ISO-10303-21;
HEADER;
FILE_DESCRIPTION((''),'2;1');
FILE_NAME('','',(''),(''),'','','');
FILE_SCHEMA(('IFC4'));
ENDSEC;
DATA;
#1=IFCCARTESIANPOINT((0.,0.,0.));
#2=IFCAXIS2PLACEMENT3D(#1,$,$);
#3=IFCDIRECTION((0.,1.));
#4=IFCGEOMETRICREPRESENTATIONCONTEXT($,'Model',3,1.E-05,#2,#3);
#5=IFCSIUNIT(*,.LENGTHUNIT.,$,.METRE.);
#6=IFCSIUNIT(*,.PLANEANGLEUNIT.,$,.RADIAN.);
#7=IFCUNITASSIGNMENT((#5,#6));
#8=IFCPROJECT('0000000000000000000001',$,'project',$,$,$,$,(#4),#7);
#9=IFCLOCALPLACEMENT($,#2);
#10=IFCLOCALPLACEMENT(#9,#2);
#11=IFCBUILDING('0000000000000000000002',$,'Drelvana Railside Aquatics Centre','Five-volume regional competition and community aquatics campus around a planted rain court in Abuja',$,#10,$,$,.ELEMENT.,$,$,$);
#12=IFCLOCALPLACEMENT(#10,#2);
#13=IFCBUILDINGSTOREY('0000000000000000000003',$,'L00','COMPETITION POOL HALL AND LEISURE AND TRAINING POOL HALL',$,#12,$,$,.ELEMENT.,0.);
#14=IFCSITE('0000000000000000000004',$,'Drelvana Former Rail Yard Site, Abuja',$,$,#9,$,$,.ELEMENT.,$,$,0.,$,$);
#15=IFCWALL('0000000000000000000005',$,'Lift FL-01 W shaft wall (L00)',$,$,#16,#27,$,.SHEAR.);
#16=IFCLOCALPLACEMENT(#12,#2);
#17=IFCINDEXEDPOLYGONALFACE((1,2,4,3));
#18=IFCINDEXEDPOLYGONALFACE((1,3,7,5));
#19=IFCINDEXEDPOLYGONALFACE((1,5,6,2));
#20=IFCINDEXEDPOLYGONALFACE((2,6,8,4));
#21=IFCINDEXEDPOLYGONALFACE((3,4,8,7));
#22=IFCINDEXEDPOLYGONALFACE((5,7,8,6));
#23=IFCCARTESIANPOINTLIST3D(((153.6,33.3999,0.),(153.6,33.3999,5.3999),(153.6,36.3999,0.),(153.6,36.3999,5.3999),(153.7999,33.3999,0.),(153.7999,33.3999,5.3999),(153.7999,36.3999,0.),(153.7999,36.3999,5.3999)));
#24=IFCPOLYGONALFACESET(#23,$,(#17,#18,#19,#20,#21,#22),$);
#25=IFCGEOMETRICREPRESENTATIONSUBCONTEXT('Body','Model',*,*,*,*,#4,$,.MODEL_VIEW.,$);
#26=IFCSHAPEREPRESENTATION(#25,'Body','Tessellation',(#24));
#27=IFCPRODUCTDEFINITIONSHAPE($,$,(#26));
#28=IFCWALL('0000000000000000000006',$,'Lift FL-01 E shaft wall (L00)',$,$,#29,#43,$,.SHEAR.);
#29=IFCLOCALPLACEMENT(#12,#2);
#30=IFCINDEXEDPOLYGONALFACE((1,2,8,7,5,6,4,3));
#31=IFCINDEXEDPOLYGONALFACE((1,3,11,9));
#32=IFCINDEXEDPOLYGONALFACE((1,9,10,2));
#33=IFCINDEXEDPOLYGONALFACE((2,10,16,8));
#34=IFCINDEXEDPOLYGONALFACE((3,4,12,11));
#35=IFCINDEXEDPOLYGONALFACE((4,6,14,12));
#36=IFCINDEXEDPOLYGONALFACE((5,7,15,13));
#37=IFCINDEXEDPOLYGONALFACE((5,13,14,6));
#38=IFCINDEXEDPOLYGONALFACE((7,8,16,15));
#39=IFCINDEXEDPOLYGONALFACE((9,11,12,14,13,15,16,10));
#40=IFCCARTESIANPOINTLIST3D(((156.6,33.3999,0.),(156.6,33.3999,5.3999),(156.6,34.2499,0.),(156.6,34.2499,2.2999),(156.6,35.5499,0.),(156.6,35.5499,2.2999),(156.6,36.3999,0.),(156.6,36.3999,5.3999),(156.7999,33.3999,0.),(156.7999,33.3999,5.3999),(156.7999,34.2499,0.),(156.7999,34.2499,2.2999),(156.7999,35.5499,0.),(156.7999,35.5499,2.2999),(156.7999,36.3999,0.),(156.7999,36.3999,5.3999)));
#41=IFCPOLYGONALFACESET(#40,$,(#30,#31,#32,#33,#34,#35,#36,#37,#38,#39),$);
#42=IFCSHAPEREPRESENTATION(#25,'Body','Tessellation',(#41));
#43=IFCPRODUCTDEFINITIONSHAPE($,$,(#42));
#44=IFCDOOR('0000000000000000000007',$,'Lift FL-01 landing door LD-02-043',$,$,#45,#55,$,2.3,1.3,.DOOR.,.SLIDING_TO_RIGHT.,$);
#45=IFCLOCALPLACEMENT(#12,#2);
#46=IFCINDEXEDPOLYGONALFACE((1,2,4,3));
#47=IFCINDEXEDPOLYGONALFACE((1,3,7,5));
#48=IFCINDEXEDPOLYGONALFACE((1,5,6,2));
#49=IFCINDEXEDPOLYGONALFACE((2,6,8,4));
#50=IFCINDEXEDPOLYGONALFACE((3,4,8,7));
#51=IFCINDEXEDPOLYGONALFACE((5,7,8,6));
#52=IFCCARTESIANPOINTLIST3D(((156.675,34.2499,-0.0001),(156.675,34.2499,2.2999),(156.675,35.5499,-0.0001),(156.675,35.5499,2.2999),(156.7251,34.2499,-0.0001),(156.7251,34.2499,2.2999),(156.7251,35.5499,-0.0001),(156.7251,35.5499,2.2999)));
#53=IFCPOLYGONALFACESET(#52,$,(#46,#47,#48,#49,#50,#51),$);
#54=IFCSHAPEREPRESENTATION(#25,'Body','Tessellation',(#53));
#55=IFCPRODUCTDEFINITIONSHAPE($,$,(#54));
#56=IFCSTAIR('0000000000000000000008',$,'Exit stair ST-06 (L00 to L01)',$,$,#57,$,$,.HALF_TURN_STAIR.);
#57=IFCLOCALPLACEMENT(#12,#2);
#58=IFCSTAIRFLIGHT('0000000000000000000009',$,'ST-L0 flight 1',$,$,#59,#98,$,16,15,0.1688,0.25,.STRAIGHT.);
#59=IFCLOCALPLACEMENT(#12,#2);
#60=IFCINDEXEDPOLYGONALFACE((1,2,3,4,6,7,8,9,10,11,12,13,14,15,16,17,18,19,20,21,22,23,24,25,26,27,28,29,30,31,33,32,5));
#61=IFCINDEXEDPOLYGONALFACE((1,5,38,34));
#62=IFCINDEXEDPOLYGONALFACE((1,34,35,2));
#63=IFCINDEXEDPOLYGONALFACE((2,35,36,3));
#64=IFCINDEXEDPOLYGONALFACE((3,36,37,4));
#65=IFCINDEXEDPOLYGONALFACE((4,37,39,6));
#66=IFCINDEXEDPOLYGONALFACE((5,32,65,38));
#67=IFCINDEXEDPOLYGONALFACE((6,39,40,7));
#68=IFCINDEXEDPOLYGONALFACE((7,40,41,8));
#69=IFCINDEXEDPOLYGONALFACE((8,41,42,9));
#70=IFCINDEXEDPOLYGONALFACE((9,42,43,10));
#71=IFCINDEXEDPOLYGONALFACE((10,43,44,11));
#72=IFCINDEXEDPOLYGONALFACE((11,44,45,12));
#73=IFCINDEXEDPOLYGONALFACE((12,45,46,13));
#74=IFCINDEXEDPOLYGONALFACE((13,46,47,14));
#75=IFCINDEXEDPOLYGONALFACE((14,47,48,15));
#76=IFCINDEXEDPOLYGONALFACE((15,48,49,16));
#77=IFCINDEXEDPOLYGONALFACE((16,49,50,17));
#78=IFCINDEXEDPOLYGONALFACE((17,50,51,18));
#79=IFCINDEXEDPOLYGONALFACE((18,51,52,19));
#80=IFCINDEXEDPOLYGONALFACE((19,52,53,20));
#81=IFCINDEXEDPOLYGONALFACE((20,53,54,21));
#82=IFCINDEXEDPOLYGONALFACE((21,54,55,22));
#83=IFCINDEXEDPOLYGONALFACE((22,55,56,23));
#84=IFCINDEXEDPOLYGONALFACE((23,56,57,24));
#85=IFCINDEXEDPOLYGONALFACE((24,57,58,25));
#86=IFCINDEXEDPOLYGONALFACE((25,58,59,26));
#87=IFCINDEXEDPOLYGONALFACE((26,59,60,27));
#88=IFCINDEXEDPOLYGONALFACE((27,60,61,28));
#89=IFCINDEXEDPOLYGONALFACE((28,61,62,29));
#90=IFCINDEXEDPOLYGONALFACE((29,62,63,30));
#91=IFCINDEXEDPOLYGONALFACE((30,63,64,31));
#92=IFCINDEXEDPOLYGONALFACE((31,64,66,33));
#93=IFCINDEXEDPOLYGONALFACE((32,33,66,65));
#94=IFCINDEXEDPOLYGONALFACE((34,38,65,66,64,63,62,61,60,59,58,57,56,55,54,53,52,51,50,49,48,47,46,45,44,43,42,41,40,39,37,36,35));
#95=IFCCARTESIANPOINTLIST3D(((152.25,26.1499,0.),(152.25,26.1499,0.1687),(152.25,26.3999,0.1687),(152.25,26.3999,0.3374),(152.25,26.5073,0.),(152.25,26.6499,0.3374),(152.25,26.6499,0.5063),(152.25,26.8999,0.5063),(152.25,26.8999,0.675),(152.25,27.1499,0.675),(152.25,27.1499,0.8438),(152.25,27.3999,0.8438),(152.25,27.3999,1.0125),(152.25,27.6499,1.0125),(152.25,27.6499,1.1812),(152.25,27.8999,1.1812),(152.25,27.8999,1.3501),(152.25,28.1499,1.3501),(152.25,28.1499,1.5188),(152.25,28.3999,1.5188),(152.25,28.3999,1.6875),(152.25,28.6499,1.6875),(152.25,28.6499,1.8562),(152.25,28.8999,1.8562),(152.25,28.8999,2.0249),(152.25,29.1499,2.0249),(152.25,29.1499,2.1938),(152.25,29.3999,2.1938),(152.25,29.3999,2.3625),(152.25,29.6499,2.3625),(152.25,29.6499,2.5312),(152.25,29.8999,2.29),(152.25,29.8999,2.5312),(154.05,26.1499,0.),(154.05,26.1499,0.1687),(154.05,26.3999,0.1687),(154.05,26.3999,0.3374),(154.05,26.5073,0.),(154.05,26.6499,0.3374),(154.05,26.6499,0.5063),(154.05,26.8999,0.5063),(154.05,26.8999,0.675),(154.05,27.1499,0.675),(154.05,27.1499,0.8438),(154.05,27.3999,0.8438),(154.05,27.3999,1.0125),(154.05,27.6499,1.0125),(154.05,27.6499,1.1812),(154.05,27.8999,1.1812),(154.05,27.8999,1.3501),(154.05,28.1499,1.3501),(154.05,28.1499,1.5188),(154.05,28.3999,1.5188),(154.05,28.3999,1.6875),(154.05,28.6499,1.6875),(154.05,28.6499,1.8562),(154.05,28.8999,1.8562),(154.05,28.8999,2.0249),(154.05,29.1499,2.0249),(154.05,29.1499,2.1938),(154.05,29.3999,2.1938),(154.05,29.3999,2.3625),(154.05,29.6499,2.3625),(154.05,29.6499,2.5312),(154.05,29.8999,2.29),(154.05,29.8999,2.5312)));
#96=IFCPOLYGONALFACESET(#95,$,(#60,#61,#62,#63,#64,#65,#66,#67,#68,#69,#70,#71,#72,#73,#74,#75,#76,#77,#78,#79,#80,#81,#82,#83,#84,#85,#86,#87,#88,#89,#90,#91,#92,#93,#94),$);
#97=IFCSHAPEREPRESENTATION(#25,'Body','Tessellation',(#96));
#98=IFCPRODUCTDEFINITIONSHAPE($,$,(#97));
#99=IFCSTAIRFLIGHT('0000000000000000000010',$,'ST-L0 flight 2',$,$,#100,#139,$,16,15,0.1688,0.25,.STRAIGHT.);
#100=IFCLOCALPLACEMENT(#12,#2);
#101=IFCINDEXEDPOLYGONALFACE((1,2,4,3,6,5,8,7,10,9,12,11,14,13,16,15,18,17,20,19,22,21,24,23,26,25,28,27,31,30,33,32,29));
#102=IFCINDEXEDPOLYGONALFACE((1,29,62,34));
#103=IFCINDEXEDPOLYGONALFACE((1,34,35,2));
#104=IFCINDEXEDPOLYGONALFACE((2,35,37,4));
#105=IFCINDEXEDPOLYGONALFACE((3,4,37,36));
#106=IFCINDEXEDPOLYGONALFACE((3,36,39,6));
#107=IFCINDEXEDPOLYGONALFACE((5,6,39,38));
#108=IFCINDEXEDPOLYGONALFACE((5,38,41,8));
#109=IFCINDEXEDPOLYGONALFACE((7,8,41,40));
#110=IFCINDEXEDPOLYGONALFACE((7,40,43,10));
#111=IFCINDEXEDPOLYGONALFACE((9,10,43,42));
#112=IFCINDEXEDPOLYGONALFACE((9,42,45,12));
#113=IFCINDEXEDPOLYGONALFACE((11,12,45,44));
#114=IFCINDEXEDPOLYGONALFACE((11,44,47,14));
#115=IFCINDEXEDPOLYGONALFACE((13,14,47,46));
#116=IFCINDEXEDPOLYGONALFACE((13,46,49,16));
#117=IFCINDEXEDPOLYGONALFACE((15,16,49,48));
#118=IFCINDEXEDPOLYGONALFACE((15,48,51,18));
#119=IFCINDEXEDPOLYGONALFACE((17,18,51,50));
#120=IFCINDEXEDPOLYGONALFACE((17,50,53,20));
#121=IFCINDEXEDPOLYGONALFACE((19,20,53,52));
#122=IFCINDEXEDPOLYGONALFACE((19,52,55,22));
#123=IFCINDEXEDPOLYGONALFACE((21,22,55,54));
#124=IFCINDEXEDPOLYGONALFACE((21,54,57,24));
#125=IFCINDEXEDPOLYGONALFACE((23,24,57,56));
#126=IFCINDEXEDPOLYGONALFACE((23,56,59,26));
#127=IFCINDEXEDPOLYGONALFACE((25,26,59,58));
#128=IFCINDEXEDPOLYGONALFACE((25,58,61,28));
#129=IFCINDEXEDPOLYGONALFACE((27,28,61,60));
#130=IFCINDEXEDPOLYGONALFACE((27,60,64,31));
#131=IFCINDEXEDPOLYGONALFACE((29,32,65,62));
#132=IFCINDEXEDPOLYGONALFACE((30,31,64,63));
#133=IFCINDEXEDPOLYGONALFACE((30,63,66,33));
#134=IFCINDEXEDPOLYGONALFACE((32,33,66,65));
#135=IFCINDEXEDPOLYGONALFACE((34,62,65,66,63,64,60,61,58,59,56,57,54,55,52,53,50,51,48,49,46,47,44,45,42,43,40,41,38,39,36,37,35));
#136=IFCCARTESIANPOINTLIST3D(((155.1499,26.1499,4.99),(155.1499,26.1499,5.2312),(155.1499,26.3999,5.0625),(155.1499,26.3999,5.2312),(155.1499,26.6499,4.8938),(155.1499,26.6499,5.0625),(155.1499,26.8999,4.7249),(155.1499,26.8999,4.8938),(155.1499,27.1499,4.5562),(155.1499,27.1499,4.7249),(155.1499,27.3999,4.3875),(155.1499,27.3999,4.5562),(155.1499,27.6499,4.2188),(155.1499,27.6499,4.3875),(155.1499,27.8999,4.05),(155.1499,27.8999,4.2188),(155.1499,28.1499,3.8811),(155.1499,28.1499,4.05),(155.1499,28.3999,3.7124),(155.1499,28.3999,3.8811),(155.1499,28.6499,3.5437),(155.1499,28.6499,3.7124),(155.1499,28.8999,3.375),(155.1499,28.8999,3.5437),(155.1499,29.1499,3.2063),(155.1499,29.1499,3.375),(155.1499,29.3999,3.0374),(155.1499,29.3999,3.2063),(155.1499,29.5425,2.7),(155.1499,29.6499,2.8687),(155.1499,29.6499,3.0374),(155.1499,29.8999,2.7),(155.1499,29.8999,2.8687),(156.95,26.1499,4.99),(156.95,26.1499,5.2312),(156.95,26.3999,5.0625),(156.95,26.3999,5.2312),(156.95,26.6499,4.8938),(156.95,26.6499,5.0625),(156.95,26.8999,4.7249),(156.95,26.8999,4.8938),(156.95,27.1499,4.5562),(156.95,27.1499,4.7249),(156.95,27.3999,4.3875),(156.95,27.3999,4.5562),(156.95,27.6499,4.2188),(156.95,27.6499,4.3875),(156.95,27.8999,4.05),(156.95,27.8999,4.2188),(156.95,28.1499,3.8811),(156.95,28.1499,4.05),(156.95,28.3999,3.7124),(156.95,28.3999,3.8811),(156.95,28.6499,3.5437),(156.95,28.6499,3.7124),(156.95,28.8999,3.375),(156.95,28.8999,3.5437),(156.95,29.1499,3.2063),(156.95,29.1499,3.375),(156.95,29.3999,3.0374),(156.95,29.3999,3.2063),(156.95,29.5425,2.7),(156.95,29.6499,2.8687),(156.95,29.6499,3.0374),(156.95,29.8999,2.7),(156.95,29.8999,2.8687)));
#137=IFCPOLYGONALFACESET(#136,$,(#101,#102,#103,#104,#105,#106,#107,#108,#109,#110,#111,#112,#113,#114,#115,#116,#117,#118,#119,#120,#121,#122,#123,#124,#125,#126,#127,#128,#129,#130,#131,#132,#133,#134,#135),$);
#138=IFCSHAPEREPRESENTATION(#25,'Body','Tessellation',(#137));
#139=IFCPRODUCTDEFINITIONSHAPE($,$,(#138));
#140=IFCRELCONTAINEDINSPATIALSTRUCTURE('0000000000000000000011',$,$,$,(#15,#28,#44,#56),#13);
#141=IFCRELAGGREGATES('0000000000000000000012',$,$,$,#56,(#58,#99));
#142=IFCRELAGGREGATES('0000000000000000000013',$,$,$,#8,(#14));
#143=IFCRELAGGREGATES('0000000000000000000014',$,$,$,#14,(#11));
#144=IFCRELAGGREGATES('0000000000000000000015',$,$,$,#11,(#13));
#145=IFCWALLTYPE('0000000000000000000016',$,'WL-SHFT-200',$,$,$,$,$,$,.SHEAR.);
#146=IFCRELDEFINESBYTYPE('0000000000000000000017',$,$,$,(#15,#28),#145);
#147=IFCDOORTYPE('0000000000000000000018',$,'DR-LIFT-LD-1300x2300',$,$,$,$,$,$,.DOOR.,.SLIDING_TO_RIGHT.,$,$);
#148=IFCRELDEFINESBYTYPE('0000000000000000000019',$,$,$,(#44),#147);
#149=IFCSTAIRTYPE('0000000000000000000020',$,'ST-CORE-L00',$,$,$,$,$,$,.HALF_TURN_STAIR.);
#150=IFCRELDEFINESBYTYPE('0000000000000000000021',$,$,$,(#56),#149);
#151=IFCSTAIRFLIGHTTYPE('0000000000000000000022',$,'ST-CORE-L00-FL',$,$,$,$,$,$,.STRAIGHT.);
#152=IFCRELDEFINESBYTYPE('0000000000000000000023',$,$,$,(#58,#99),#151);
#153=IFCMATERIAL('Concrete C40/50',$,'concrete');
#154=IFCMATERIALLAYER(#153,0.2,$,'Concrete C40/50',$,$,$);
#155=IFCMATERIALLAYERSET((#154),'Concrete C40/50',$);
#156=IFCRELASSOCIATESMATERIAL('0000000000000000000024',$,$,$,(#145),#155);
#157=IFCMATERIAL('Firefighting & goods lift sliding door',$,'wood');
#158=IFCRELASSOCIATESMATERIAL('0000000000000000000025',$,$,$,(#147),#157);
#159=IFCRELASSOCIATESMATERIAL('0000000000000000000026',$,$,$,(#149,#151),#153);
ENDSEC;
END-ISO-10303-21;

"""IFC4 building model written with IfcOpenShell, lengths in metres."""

from ifc_helpers import new_model, si_unit, direction, frame, frame_2d, origin, place, context, subcontext, project, spatial, polyline, rectangle, outline, extrude, material, layer, layer_set, type_object, element, fill, aggregate, save


model = new_model("IFC4")

# Units and contexts
model_context = context("Model", 3, precision=1e-05, world=origin(), true_north=direction((0.0, 1.0)))
body_context = subcontext(model_context, "Body", "Model", "MODEL_VIEW")
ifc_project = project(units=[si_unit("LENGTHUNIT", "METRE"), si_unit("PLANEANGLEUNIT", "RADIAN")], contexts=[model_context])

# Site, building, storey
site_placement = place(None, origin())
site = spatial("IfcSite", under=ifc_project, at=site_placement, Name="Drelvana Former Rail Yard Site, Abuja", CompositionType="ELEMENT", RefElevation=0.0)
building_placement = place(site_placement, origin())
building = spatial("IfcBuilding", under=site, at=building_placement, Name="Drelvana Railside Aquatics Centre", Description="Five-volume regional competition and community aquatics campus around a planted rain court in Abuja", CompositionType="ELEMENT")
storey_placement = place(building_placement, origin())
storey = spatial("IfcBuildingStorey", under=building, at=storey_placement, Name="L00", Description="COMPETITION POOL HALL AND LEISURE AND TRAINING POOL HALL", CompositionType="ELEMENT", Elevation=0.0)

# Shared definitions
ifc_material_1 = material(Name="Concrete C40/50", Category="concrete")

# Wall
ifc_layer_1 = layer(ifc_material_1, 0.2, Name="Concrete C40/50")
ifc_layer_set_1 = layer_set([ifc_layer_1], Name="Concrete C40/50")
wall_type_1 = type_object("IfcWallType", Name="WL-SHFT-200", PredefinedType="SHEAR", material=ifc_layer_set_1)
wall_1_placement = place(storey_placement, frame((153.7, 33.3999, 0.0), z_axis=(0.0, 0.0, 1.0), x_axis=(0.0, 1.0, 0.0)))
element("IfcWall", 1, at=wall_1_placement, inside=storey, type_object=wall_type_1, Name="Lift FL-01 W shaft wall (L00)", PredefinedType="SHEAR", context=body_context, shape_type="SweptSolid", body=[
    extrude(rectangle(XDim=3.0, YDim=0.2, at=frame_2d((1.5, 0.0))), origin(), (0.0, 0.0, 1.0), 5.3999),
])

# Wall, opening, door
wall_2_placement = place(storey_placement, frame((156.7, 33.3999, 0.0), z_axis=(0.0, 0.0, 1.0), x_axis=(0.0, 1.0, 0.0)))
wall_2 = element("IfcWall", 2, at=wall_2_placement, inside=storey, type_object=wall_type_1, Name="Lift FL-01 E shaft wall (L00)", PredefinedType="SHEAR", context=body_context, shape_type="SweptSolid", body=[
    extrude(rectangle(XDim=3.0, YDim=0.2, at=frame_2d((1.5, 0.0))), origin(), (0.0, 0.0, 1.0), 5.3999),
])
opening_1_placement = place(wall_2_placement, frame((0.8501, 0.0, 0.0)))
opening_1 = element("IfcOpeningElement", 3, at=opening_1_placement, cuts=wall_2, PredefinedType="OPENING", context=body_context, shape_type="SweptSolid", body=[
    extrude(rectangle(XDim=1.3, YDim=2.3, at=frame_2d((0.6499, 1.1499))), frame((0.0, 0.1099, 0.0), z_axis=(0.0, -1.0, 0.0), x_axis=(1.0, 0.0, 0.0)), (0.0, 0.0, 1.0), 0.22),
])
ifc_material_2 = material(Name="Firefighting & goods lift sliding door", Category="wood")
door_type_1 = type_object("IfcDoorType", Name="DR-LIFT-LD-1300x2300", OperationType="SLIDING_TO_RIGHT", PredefinedType="DOOR", material=ifc_material_2)
door_1_placement = place(opening_1_placement, origin())
door_1 = element("IfcDoor", 4, at=door_1_placement, inside=storey, type_object=door_type_1, Name="Lift FL-01 landing door LD-02-043", OperationType="SLIDING_TO_RIGHT", OverallHeight=2.3, OverallWidth=1.3, PredefinedType="DOOR", context=body_context, shape_type="SweptSolid", body=[
    extrude(rectangle(XDim=1.3, YDim=2.3, at=frame_2d((0.6499, 1.1499))), frame((0.0, 0.0249, 0.0), z_axis=(0.0, -1.0, 0.0), x_axis=(1.0, 0.0, 0.0)), (0.0, 0.0, 1.0), 0.05),
])
fill(opening_1, door_1)

# Stair, stair flights
stair_type = type_object("IfcStairType", Name="ST-CORE-L00", PredefinedType="HALF_TURN_STAIR", material=ifc_material_1)
stair_placement = place(storey_placement, origin())
stair = element("IfcStair", 5, at=stair_placement, inside=storey, type_object=stair_type, Name="Exit stair ST-06 (L00 to L01)", PredefinedType="HALF_TURN_STAIR")
stair_flight_type = type_object("IfcStairFlightType", Name="ST-CORE-L00-FL", PredefinedType="STRAIGHT", material=ifc_material_1)
stair_flight_1_placement = place(storey_placement, frame((153.1499, 26.1499, 0.0), z_axis=(0.0, 0.0, 1.0), x_axis=(0.0, 1.0, 0.0)))
stair_flight_1 = element("IfcStairFlight", 6, at=stair_flight_1_placement, type_object=stair_flight_type, Name="ST-L0 flight 1", NumberOfRisers=16, NumberOfTreads=15, PredefinedType="STRAIGHT", RiserHeight=0.1688, TreadLength=0.25, context=body_context, shape_type="SweptSolid", body=[
    extrude(outline(polyline([(0.0, 0.0), (0.0, 0.1687), (0.25, 0.1687), (0.25, 0.3374), (0.5, 0.3374), (0.5, 0.5063), (0.75, 0.5063), (0.75, 0.675), (1.0, 0.675), (1.0, 0.8438), (1.25, 0.8438), (1.25, 1.0125), (1.5, 1.0125), (1.5, 1.1812), (1.75, 1.1812), (1.75, 1.3501), (2.0, 1.3501), (2.0, 1.5188), (2.25, 1.5188), (2.25, 1.6875), (2.5, 1.6875), (2.5, 1.8562), (2.75, 1.8562), (2.75, 2.0249), (3.0, 2.0249), (3.0, 2.1938), (3.25, 2.1938), (3.25, 2.3625), (3.5, 2.3625), (3.5, 2.5312), (3.75, 2.5312), (3.75, 2.7), (3.75, 2.29), (0.3574, 0.0), (0.0, 0.0)])), frame((0.0, 0.8999, 0.0), z_axis=(0.0, -1.0, 0.0), x_axis=(1.0, 0.0, 0.0)), (0.0, 0.0, 1.0), 1.8),
])
stair_flight_2_placement = place(storey_placement, frame((156.05, 29.8999, 2.7), z_axis=(0.0, 0.0, 1.0), x_axis=(0.0, -1.0, 0.0)))
stair_flight_2 = element("IfcStairFlight", 7, at=stair_flight_2_placement, type_object=stair_flight_type, Name="ST-L0 flight 2", NumberOfRisers=16, NumberOfTreads=15, PredefinedType="STRAIGHT", RiserHeight=0.1688, TreadLength=0.25, context=body_context, shape_type="SweptSolid", body=[
    extrude(outline(polyline([(0.0, 0.0), (0.0, 0.1687), (0.25, 0.1687), (0.25, 0.3374), (0.5, 0.3374), (0.5, 0.5063), (0.75, 0.5063), (0.75, 0.675), (1.0, 0.675), (1.0, 0.8438), (1.25, 0.8438), (1.25, 1.0125), (1.5, 1.0125), (1.5, 1.1812), (1.75, 1.1812), (1.75, 1.3501), (2.0, 1.3501), (2.0, 1.5188), (2.25, 1.5188), (2.25, 1.6875), (2.5, 1.6875), (2.5, 1.8562), (2.75, 1.8562), (2.75, 2.0249), (3.0, 2.0249), (3.0, 2.1938), (3.25, 2.1938), (3.25, 2.3625), (3.5, 2.3625), (3.5, 2.5312), (3.75, 2.5312), (3.75, 2.7), (3.75, 2.29), (0.3574, 0.0), (0.0, 0.0)])), frame((0.0, 0.8999, 0.0), z_axis=(0.0, -1.0, 0.0), x_axis=(1.0, 0.0, 0.0)), (0.0, 0.0, 1.0), 1.8),
])
aggregate(stair, [stair_flight_1, stair_flight_2])

save(model, "model.ifc")
